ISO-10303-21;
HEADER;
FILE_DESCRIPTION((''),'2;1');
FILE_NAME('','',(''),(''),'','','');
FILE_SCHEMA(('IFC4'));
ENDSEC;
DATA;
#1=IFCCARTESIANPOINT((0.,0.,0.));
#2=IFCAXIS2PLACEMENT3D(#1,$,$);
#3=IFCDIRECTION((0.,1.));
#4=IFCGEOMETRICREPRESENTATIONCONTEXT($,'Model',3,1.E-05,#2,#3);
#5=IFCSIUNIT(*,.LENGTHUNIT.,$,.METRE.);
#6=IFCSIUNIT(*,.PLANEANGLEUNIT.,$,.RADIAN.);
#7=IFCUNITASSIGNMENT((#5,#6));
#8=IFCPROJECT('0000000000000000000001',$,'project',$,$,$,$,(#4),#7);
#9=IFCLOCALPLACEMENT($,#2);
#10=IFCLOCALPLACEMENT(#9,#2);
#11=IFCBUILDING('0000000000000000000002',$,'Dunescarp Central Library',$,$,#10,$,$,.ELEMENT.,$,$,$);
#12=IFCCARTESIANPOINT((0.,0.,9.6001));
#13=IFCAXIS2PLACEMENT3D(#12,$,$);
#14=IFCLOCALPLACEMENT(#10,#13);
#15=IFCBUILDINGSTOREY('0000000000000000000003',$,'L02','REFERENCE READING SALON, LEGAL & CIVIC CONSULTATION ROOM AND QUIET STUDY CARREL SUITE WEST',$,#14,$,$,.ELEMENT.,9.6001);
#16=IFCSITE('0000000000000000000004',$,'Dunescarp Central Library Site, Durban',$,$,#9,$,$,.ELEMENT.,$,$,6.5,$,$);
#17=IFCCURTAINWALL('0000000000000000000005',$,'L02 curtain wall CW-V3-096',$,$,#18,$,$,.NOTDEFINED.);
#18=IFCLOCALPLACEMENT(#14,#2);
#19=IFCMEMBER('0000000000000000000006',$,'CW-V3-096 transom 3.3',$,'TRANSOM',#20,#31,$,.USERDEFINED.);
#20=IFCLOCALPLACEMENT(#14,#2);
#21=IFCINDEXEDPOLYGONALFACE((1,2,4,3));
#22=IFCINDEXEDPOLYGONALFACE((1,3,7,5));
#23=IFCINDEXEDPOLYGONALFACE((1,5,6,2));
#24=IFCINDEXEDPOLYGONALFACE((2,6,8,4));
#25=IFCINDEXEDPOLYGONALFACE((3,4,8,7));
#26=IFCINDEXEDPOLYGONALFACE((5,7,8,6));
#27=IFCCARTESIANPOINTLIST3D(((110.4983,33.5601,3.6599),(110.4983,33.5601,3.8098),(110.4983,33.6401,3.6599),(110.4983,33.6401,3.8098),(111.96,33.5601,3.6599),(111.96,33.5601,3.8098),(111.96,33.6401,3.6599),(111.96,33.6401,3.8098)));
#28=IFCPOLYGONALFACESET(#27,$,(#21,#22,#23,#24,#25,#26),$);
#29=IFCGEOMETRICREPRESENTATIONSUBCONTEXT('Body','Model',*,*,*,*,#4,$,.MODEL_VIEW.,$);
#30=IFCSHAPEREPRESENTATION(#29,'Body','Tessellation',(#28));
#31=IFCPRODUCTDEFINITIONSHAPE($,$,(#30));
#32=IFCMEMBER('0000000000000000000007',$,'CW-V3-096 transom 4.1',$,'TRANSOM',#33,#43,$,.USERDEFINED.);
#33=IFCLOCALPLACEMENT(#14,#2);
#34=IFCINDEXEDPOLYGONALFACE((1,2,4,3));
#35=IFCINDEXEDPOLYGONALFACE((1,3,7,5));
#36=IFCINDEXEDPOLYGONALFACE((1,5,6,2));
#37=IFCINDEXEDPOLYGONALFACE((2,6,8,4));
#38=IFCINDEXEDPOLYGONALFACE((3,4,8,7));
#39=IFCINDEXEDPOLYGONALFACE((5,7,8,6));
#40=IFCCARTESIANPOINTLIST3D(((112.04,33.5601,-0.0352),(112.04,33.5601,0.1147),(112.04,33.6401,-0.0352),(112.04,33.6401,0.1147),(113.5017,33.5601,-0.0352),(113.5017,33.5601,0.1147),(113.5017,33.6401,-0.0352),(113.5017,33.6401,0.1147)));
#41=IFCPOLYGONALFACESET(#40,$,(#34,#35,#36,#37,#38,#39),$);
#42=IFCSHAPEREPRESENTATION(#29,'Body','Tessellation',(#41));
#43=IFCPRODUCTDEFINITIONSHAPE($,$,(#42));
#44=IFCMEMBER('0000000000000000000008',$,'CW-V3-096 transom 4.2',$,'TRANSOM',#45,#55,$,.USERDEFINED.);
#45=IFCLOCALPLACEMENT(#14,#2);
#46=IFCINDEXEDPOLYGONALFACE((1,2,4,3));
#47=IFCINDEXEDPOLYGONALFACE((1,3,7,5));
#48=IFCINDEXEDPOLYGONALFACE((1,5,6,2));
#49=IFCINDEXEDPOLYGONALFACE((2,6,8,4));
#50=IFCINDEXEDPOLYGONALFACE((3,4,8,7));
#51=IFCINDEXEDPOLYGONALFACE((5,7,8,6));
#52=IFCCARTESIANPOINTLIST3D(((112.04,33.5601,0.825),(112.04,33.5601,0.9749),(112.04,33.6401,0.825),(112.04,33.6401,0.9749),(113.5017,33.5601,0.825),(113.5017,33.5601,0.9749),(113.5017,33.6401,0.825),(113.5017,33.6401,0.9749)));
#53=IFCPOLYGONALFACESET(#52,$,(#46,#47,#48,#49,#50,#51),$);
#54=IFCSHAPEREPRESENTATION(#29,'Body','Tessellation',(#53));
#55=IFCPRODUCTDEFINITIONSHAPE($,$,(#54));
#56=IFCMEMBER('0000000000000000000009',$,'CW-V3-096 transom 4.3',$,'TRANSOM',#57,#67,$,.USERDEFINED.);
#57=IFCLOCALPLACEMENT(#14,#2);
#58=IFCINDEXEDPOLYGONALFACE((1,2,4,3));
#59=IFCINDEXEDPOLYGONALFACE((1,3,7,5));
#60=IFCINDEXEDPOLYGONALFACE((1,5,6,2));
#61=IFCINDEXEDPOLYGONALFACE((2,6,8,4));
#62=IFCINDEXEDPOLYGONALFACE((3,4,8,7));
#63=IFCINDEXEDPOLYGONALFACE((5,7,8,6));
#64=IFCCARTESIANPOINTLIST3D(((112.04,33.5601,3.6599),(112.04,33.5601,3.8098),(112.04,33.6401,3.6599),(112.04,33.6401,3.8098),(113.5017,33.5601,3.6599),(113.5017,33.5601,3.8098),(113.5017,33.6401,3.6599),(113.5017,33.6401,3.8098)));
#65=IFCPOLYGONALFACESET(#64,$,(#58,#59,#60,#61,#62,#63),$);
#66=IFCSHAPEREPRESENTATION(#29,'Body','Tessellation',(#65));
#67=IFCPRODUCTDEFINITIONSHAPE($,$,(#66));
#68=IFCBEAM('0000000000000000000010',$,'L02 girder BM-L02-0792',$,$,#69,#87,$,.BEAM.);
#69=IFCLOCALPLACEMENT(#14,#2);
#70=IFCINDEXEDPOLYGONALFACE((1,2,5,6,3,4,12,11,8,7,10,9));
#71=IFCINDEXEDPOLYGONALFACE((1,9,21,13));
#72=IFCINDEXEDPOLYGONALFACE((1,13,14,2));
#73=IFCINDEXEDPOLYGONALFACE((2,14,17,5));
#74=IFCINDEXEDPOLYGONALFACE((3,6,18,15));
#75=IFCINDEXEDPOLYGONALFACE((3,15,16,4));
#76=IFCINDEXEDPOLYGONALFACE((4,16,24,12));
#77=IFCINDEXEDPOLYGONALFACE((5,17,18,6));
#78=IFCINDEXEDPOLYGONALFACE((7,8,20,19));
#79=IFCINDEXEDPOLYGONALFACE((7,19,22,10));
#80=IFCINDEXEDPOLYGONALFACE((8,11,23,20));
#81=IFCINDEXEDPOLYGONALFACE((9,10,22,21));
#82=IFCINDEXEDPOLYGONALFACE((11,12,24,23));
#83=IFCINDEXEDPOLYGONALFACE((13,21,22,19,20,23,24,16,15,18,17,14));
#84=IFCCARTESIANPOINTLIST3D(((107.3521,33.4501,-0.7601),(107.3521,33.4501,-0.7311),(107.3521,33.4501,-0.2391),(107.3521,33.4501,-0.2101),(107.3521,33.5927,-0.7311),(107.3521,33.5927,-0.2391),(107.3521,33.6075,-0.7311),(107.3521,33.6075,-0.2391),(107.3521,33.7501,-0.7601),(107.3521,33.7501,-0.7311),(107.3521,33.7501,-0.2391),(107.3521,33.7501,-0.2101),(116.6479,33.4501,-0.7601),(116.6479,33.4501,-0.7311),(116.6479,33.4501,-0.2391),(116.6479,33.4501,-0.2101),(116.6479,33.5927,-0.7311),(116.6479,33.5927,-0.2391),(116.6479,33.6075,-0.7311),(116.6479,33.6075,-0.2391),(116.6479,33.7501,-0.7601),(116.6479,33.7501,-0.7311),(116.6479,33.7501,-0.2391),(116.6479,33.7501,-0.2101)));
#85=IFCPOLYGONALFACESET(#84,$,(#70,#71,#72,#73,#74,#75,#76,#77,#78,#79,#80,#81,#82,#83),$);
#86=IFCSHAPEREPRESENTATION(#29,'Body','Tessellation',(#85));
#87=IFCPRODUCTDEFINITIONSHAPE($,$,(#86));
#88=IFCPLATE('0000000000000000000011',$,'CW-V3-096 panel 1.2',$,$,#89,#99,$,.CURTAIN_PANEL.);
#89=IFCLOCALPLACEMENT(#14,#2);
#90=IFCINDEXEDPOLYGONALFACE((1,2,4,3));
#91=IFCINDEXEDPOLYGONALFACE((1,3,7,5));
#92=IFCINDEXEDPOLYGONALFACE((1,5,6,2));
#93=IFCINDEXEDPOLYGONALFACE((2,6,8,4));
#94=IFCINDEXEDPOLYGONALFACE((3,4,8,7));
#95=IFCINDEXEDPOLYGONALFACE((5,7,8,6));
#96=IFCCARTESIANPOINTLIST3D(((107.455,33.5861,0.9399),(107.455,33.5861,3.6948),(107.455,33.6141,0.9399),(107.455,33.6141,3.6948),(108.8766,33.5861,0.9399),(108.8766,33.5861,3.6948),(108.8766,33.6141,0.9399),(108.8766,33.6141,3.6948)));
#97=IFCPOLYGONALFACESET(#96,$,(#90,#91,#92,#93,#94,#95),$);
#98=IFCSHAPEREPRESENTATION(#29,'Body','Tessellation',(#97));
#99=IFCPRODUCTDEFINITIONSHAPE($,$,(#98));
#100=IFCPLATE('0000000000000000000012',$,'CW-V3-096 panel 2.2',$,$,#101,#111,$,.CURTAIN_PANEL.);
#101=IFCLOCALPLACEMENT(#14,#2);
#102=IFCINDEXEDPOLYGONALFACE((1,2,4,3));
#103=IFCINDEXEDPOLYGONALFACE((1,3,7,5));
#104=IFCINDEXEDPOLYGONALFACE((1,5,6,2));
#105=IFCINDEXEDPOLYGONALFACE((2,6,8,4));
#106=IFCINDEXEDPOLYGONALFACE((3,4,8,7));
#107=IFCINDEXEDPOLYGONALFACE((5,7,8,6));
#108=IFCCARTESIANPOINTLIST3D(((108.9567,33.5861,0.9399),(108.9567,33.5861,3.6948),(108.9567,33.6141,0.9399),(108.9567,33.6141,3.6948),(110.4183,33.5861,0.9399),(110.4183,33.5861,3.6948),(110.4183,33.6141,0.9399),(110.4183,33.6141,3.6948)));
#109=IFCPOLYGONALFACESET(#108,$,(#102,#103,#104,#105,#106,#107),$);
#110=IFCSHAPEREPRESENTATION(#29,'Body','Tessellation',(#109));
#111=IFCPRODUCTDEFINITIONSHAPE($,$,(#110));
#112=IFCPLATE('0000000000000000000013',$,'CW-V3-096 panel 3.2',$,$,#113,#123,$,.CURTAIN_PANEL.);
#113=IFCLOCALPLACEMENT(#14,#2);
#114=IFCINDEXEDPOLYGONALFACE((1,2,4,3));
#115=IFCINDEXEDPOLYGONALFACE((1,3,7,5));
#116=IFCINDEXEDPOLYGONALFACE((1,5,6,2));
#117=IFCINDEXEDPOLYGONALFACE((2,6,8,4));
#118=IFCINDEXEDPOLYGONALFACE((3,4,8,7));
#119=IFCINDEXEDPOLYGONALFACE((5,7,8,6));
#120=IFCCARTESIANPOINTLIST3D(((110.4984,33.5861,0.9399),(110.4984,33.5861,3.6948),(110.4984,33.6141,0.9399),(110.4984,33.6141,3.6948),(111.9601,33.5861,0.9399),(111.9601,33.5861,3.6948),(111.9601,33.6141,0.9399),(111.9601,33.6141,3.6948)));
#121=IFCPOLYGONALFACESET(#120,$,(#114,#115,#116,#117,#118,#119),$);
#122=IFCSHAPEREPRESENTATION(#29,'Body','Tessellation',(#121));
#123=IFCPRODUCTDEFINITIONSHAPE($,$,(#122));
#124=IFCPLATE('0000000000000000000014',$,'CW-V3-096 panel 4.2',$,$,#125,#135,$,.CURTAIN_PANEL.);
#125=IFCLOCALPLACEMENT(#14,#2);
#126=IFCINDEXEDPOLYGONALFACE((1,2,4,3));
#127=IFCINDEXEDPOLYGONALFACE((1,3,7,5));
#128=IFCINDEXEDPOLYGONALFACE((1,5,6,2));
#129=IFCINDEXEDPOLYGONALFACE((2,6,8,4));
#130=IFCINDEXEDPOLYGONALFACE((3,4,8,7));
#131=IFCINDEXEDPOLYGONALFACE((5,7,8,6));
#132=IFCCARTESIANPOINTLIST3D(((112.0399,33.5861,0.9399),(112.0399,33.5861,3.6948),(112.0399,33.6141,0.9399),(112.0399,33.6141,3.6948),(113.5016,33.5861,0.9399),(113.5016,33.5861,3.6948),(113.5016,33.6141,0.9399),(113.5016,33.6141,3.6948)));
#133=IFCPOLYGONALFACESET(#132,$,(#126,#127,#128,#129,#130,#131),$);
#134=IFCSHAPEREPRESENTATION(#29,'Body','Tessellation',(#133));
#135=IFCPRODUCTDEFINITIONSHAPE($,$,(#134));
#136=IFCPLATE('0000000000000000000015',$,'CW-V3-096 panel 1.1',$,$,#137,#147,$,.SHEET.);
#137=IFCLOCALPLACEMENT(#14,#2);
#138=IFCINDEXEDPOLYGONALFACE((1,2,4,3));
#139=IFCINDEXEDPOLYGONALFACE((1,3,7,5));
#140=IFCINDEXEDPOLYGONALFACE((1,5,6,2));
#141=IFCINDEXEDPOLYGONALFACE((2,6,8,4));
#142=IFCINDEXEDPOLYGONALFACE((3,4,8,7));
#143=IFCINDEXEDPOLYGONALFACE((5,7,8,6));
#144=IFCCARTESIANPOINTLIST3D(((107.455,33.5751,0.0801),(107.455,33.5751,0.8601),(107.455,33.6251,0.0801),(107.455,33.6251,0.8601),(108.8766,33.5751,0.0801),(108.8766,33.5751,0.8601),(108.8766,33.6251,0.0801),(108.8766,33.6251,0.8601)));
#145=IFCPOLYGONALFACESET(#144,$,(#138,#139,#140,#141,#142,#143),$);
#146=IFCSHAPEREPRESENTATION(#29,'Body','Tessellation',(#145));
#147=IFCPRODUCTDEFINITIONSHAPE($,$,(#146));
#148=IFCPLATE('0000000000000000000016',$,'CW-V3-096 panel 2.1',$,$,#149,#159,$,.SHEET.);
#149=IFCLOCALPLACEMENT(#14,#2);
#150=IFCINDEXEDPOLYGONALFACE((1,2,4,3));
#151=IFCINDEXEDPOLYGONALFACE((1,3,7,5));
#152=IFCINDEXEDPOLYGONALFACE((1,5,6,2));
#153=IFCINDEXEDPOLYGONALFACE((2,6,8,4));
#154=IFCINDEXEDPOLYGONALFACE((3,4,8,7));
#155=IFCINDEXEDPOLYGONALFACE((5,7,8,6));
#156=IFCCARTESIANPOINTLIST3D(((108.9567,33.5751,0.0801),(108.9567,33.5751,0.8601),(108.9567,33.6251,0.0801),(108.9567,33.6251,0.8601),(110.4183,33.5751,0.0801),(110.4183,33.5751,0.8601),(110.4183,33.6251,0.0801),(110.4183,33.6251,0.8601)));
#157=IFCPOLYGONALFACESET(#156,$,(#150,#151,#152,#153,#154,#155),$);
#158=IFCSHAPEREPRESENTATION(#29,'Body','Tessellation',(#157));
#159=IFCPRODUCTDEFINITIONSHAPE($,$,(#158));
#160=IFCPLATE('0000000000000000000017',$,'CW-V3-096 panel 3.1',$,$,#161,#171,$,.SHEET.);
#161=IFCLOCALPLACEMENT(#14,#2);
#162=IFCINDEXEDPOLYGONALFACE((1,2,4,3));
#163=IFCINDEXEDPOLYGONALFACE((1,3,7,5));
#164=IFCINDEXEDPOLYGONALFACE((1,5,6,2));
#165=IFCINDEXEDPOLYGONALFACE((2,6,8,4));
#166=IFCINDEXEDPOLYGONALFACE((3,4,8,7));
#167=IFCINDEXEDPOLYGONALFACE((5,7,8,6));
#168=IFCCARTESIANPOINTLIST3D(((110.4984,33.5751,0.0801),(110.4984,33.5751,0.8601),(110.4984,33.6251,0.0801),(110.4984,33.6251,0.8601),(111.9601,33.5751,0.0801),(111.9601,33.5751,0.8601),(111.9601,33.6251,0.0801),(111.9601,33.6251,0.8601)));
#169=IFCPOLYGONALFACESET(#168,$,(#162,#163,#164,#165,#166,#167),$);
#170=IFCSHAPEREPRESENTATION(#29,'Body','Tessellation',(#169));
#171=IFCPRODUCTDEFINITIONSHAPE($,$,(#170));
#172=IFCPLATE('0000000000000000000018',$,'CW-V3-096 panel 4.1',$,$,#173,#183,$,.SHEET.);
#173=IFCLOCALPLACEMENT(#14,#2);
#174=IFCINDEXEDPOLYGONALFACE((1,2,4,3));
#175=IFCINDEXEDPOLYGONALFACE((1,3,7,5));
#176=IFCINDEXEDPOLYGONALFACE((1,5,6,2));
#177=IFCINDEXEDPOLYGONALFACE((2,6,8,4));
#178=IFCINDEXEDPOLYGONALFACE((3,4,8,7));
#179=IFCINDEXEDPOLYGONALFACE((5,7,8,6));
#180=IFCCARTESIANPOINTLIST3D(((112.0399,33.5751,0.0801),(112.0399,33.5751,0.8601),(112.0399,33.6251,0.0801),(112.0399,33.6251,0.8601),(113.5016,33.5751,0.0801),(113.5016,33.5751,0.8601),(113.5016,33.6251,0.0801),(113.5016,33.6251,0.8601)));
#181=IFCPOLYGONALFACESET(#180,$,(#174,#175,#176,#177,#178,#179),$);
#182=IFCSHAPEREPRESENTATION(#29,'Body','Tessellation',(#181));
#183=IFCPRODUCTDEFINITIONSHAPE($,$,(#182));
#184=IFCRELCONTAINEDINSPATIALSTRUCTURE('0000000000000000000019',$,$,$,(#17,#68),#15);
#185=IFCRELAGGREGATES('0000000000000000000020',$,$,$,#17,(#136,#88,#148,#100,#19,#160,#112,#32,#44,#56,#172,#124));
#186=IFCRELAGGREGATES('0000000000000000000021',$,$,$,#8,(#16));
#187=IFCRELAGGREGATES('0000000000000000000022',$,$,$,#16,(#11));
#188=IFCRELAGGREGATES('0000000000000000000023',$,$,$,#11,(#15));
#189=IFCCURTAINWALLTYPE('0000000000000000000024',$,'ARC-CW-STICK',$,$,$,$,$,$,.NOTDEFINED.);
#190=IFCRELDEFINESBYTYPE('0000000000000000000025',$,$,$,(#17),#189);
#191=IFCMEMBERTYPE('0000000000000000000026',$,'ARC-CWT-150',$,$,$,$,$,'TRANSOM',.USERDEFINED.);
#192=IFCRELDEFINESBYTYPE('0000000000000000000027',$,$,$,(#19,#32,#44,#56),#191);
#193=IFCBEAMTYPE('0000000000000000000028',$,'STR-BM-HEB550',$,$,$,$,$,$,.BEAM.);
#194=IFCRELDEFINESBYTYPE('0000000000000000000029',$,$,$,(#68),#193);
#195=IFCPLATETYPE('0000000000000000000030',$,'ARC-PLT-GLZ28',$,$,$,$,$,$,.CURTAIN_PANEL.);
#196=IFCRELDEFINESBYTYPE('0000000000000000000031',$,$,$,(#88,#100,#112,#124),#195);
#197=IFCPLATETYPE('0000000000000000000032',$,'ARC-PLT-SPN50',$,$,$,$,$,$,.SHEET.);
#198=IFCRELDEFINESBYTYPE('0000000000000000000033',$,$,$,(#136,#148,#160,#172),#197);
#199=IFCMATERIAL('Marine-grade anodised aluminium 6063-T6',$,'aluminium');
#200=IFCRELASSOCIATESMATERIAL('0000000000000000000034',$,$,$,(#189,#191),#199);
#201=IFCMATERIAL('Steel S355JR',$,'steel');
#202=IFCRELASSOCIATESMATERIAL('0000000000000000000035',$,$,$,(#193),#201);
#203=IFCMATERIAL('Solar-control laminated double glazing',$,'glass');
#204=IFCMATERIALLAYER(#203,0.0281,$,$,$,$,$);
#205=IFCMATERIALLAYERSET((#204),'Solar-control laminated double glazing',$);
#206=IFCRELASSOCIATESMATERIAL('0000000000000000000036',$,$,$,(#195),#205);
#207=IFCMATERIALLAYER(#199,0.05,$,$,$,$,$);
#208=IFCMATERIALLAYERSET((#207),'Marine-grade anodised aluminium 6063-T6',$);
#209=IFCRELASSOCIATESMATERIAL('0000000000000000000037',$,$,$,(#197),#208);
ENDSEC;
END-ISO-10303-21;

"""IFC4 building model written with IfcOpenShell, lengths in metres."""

from ifc_helpers import new_model, si_unit, direction, frame, origin, origin_2d, place, context, subcontext, project, spatial, rectangle, i_section, extrude, material, layer, layer_set, material_profile, profile_set, type_object, element, aggregate, save


model = new_model("IFC4")

# Units and contexts
model_context = context("Model", 3, precision=1e-05, world=origin(), true_north=direction((0.0, 1.0)))
body_context = subcontext(model_context, "Body", "Model", "MODEL_VIEW")
ifc_project = project(units=[si_unit("LENGTHUNIT", "METRE"), si_unit("PLANEANGLEUNIT", "RADIAN")], contexts=[model_context])

# Site, building, storey
site_placement = place(None, origin())
site = spatial("IfcSite", under=ifc_project, at=site_placement, Name="Dunescarp Central Library Site, Durban", CompositionType="ELEMENT", RefElevation=6.5)
building_placement = place(site_placement, origin())
building = spatial("IfcBuilding", under=site, at=building_placement, Name="Dunescarp Central Library", CompositionType="ELEMENT")
storey_placement = place(building_placement, frame((0.0, 0.0, 9.6001)))
storey = spatial("IfcBuildingStorey", under=building, at=storey_placement, Name="L02", Description="REFERENCE READING SALON, LEGAL & CIVIC CONSULTATION ROOM AND QUIET STUDY CARREL SUITE WEST", CompositionType="ELEMENT", Elevation=9.6001)

# Shared definitions
ifc_material_1 = material(Name="Steel S355JR", Category="steel")

# Curtain wall, members
ifc_material_2 = material(Name="Marine-grade anodised aluminium 6063-T6", Category="aluminium")
curtain_wall_type = type_object("IfcCurtainWallType", Name="ARC-CW-STICK", PredefinedType="NOTDEFINED", material=ifc_material_2)
curtain_wall_placement = place(storey_placement, origin())
curtain_wall = element("IfcCurtainWall", 1, at=curtain_wall_placement, inside=storey, type_object=curtain_wall_type, Name="L02 curtain wall CW-V3-096", PredefinedType="NOTDEFINED")
ifc_material_profile_1 = material_profile(ifc_material_2, rectangle(XDim=0.0801, YDim=0.1499, at=origin_2d()), Name="AL 80x150")
ifc_profile_set_1 = profile_set([ifc_material_profile_1], Name="Marine-grade anodised aluminium 6063-T6")
member_type_1 = type_object("IfcMemberType", Name="ARC-CWT-150", ElementType="TRANSOM", PredefinedType="USERDEFINED", material=ifc_profile_set_1)
member_1_placement = place(storey_placement, frame((110.4983, 33.6001, 3.7349), z_axis=(1.0, 0.0, 0.0), x_axis=(0.0, 1.0, 0.0)))
member_1 = element("IfcMember", 2, at=member_1_placement, type_object=member_type_1, Name="CW-V3-096 transom 3.3", ObjectType="TRANSOM", PredefinedType="USERDEFINED", context=body_context, shape_type="SweptSolid", body=[
    extrude(rectangle(XDim=0.0801, YDim=0.1499, at=origin_2d()), origin(), (0.0, 0.0, 1.0), 1.4617),
])
member_2_placement = place(storey_placement, frame((112.04, 33.6001, 0.0398), z_axis=(1.0, 0.0, 0.0), x_axis=(0.0, 1.0, 0.0)))
member_2 = element("IfcMember", 3, at=member_2_placement, type_object=member_type_1, Name="CW-V3-096 transom 4.1", ObjectType="TRANSOM", PredefinedType="USERDEFINED", context=body_context, shape_type="SweptSolid", body=[
    extrude(rectangle(XDim=0.0801, YDim=0.1499, at=origin_2d()), origin(), (0.0, 0.0, 1.0), 1.4617),
])
member_3_placement = place(storey_placement, frame((112.04, 33.6001, 0.8999), z_axis=(1.0, 0.0, 0.0), x_axis=(0.0, 1.0, 0.0)))
member_3 = element("IfcMember", 4, at=member_3_placement, type_object=member_type_1, Name="CW-V3-096 transom 4.2", ObjectType="TRANSOM", PredefinedType="USERDEFINED", context=body_context, shape_type="SweptSolid", body=[
    extrude(rectangle(XDim=0.0801, YDim=0.1499, at=origin_2d()), origin(), (0.0, 0.0, 1.0), 1.4617),
])
member_4_placement = place(storey_placement, frame((112.04, 33.6001, 3.7349), z_axis=(1.0, 0.0, 0.0), x_axis=(0.0, 1.0, 0.0)))
member_4 = element("IfcMember", 5, at=member_4_placement, type_object=member_type_1, Name="CW-V3-096 transom 4.3", ObjectType="TRANSOM", PredefinedType="USERDEFINED", context=body_context, shape_type="SweptSolid", body=[
    extrude(rectangle(XDim=0.0801, YDim=0.1499, at=origin_2d()), origin(), (0.0, 0.0, 1.0), 1.4617),
])

# Beam
ifc_material_profile_2 = material_profile(ifc_material_1, i_section(OverallWidth=0.3, OverallDepth=0.55, WebThickness=0.0149, FlangeThickness=0.0291, at=origin_2d()), Name="HEB 550")
ifc_profile_set_2 = profile_set([ifc_material_profile_2], Name="Steel S355JR")
beam_type = type_object("IfcBeamType", Name="STR-BM-HEB550", PredefinedType="BEAM", material=ifc_profile_set_2)
beam_placement = place(storey_placement, frame((107.3521, 33.6001, -0.4851), z_axis=(1.0, 0.0, 0.0), x_axis=(0.0, 1.0, 0.0)))
element("IfcBeam", 6, at=beam_placement, inside=storey, type_object=beam_type, Name="L02 girder BM-L02-0792", PredefinedType="BEAM", context=body_context, shape_type="SweptSolid", body=[
    extrude(i_section(OverallWidth=0.3, OverallDepth=0.55, WebThickness=0.0149, FlangeThickness=0.0291, at=origin_2d()), origin(), (0.0, 0.0, 1.0), 9.2959),
])

# Plates
ifc_material_3 = material(Name="Solar-control laminated double glazing", Category="glass")
ifc_layer_1 = layer(ifc_material_3, 0.0281)
ifc_layer_set_1 = layer_set([ifc_layer_1], Name="Solar-control laminated double glazing")
plate_type_1 = type_object("IfcPlateType", Name="ARC-PLT-GLZ28", PredefinedType="CURTAIN_PANEL", material=ifc_layer_set_1)
plate_1_placement = place(storey_placement, frame((108.1658, 33.6001, 0.9399), z_axis=(0.0, 0.0, 1.0), x_axis=(1.0, 0.0, 0.0)))
plate_1 = element("IfcPlate", 7, at=plate_1_placement, type_object=plate_type_1, Name="CW-V3-096 panel 1.2", PredefinedType="CURTAIN_PANEL", context=body_context, shape_type="SweptSolid", body=[
    extrude(rectangle(XDim=1.4216, YDim=0.0281, at=origin_2d()), origin(), (0.0, 0.0, 1.0), 2.7549),
])
plate_2_placement = place(storey_placement, frame((109.6875, 33.6001, 0.9399), z_axis=(0.0, 0.0, 1.0), x_axis=(1.0, 0.0, 0.0)))
plate_2 = element("IfcPlate", 8, at=plate_2_placement, type_object=plate_type_1, Name="CW-V3-096 panel 2.2", PredefinedType="CURTAIN_PANEL", context=body_context, shape_type="SweptSolid", body=[
    extrude(rectangle(XDim=1.4617, YDim=0.0281, at=origin_2d()), origin(), (0.0, 0.0, 1.0), 2.7549),
])
plate_3_placement = place(storey_placement, frame((111.2292, 33.6001, 0.9399), z_axis=(0.0, 0.0, 1.0), x_axis=(1.0, 0.0, 0.0)))
plate_3 = element("IfcPlate", 9, at=plate_3_placement, type_object=plate_type_1, Name="CW-V3-096 panel 3.2", PredefinedType="CURTAIN_PANEL", context=body_context, shape_type="SweptSolid", body=[
    extrude(rectangle(XDim=1.4617, YDim=0.0281, at=origin_2d()), origin(), (0.0, 0.0, 1.0), 2.7549),
])
plate_4_placement = place(storey_placement, frame((112.7708, 33.6001, 0.9399), z_axis=(0.0, 0.0, 1.0), x_axis=(1.0, 0.0, 0.0)))
plate_4 = element("IfcPlate", 10, at=plate_4_placement, type_object=plate_type_1, Name="CW-V3-096 panel 4.2", PredefinedType="CURTAIN_PANEL", context=body_context, shape_type="SweptSolid", body=[
    extrude(rectangle(XDim=1.4617, YDim=0.0281, at=origin_2d()), origin(), (0.0, 0.0, 1.0), 2.7549),
])
ifc_layer_2 = layer(ifc_material_2, 0.05)
ifc_layer_set_2 = layer_set([ifc_layer_2], Name="Marine-grade anodised aluminium 6063-T6")
plate_type_2 = type_object("IfcPlateType", Name="ARC-PLT-SPN50", PredefinedType="SHEET", material=ifc_layer_set_2)
plate_5_placement = place(storey_placement, frame((108.1658, 33.6001, 0.0801), z_axis=(0.0, 0.0, 1.0), x_axis=(1.0, 0.0, 0.0)))
plate_5 = element("IfcPlate", 11, at=plate_5_placement, type_object=plate_type_2, Name="CW-V3-096 panel 1.1", PredefinedType="SHEET", context=body_context, shape_type="SweptSolid", body=[
    extrude(rectangle(XDim=1.4216, YDim=0.05, at=origin_2d()), origin(), (0.0, 0.0, 1.0), 0.78),
])
plate_6_placement = place(storey_placement, frame((109.6875, 33.6001, 0.0801), z_axis=(0.0, 0.0, 1.0), x_axis=(1.0, 0.0, 0.0)))
plate_6 = element("IfcPlate", 12, at=plate_6_placement, type_object=plate_type_2, Name="CW-V3-096 panel 2.1", PredefinedType="SHEET", context=body_context, shape_type="SweptSolid", body=[
    extrude(rectangle(XDim=1.4617, YDim=0.05, at=origin_2d()), origin(), (0.0, 0.0, 1.0), 0.78),
])
plate_7_placement = place(storey_placement, frame((111.2292, 33.6001, 0.0801), z_axis=(0.0, 0.0, 1.0), x_axis=(1.0, 0.0, 0.0)))
plate_7 = element("IfcPlate", 13, at=plate_7_placement, type_object=plate_type_2, Name="CW-V3-096 panel 3.1", PredefinedType="SHEET", context=body_context, shape_type="SweptSolid", body=[
    extrude(rectangle(XDim=1.4617, YDim=0.05, at=origin_2d()), origin(), (0.0, 0.0, 1.0), 0.78),
])
plate_8_placement = place(storey_placement, frame((112.7708, 33.6001, 0.0801), z_axis=(0.0, 0.0, 1.0), x_axis=(1.0, 0.0, 0.0)))
plate_8 = element("IfcPlate", 14, at=plate_8_placement, type_object=plate_type_2, Name="CW-V3-096 panel 4.1", PredefinedType="SHEET", context=body_context, shape_type="SweptSolid", body=[
    extrude(rectangle(XDim=1.4617, YDim=0.05, at=origin_2d()), origin(), (0.0, 0.0, 1.0), 0.78),
])
aggregate(curtain_wall, [plate_5, plate_1, plate_6, plate_2, member_1, plate_7, plate_3, member_2, member_3, member_4, plate_8, plate_4])

save(model, "model.ifc")
